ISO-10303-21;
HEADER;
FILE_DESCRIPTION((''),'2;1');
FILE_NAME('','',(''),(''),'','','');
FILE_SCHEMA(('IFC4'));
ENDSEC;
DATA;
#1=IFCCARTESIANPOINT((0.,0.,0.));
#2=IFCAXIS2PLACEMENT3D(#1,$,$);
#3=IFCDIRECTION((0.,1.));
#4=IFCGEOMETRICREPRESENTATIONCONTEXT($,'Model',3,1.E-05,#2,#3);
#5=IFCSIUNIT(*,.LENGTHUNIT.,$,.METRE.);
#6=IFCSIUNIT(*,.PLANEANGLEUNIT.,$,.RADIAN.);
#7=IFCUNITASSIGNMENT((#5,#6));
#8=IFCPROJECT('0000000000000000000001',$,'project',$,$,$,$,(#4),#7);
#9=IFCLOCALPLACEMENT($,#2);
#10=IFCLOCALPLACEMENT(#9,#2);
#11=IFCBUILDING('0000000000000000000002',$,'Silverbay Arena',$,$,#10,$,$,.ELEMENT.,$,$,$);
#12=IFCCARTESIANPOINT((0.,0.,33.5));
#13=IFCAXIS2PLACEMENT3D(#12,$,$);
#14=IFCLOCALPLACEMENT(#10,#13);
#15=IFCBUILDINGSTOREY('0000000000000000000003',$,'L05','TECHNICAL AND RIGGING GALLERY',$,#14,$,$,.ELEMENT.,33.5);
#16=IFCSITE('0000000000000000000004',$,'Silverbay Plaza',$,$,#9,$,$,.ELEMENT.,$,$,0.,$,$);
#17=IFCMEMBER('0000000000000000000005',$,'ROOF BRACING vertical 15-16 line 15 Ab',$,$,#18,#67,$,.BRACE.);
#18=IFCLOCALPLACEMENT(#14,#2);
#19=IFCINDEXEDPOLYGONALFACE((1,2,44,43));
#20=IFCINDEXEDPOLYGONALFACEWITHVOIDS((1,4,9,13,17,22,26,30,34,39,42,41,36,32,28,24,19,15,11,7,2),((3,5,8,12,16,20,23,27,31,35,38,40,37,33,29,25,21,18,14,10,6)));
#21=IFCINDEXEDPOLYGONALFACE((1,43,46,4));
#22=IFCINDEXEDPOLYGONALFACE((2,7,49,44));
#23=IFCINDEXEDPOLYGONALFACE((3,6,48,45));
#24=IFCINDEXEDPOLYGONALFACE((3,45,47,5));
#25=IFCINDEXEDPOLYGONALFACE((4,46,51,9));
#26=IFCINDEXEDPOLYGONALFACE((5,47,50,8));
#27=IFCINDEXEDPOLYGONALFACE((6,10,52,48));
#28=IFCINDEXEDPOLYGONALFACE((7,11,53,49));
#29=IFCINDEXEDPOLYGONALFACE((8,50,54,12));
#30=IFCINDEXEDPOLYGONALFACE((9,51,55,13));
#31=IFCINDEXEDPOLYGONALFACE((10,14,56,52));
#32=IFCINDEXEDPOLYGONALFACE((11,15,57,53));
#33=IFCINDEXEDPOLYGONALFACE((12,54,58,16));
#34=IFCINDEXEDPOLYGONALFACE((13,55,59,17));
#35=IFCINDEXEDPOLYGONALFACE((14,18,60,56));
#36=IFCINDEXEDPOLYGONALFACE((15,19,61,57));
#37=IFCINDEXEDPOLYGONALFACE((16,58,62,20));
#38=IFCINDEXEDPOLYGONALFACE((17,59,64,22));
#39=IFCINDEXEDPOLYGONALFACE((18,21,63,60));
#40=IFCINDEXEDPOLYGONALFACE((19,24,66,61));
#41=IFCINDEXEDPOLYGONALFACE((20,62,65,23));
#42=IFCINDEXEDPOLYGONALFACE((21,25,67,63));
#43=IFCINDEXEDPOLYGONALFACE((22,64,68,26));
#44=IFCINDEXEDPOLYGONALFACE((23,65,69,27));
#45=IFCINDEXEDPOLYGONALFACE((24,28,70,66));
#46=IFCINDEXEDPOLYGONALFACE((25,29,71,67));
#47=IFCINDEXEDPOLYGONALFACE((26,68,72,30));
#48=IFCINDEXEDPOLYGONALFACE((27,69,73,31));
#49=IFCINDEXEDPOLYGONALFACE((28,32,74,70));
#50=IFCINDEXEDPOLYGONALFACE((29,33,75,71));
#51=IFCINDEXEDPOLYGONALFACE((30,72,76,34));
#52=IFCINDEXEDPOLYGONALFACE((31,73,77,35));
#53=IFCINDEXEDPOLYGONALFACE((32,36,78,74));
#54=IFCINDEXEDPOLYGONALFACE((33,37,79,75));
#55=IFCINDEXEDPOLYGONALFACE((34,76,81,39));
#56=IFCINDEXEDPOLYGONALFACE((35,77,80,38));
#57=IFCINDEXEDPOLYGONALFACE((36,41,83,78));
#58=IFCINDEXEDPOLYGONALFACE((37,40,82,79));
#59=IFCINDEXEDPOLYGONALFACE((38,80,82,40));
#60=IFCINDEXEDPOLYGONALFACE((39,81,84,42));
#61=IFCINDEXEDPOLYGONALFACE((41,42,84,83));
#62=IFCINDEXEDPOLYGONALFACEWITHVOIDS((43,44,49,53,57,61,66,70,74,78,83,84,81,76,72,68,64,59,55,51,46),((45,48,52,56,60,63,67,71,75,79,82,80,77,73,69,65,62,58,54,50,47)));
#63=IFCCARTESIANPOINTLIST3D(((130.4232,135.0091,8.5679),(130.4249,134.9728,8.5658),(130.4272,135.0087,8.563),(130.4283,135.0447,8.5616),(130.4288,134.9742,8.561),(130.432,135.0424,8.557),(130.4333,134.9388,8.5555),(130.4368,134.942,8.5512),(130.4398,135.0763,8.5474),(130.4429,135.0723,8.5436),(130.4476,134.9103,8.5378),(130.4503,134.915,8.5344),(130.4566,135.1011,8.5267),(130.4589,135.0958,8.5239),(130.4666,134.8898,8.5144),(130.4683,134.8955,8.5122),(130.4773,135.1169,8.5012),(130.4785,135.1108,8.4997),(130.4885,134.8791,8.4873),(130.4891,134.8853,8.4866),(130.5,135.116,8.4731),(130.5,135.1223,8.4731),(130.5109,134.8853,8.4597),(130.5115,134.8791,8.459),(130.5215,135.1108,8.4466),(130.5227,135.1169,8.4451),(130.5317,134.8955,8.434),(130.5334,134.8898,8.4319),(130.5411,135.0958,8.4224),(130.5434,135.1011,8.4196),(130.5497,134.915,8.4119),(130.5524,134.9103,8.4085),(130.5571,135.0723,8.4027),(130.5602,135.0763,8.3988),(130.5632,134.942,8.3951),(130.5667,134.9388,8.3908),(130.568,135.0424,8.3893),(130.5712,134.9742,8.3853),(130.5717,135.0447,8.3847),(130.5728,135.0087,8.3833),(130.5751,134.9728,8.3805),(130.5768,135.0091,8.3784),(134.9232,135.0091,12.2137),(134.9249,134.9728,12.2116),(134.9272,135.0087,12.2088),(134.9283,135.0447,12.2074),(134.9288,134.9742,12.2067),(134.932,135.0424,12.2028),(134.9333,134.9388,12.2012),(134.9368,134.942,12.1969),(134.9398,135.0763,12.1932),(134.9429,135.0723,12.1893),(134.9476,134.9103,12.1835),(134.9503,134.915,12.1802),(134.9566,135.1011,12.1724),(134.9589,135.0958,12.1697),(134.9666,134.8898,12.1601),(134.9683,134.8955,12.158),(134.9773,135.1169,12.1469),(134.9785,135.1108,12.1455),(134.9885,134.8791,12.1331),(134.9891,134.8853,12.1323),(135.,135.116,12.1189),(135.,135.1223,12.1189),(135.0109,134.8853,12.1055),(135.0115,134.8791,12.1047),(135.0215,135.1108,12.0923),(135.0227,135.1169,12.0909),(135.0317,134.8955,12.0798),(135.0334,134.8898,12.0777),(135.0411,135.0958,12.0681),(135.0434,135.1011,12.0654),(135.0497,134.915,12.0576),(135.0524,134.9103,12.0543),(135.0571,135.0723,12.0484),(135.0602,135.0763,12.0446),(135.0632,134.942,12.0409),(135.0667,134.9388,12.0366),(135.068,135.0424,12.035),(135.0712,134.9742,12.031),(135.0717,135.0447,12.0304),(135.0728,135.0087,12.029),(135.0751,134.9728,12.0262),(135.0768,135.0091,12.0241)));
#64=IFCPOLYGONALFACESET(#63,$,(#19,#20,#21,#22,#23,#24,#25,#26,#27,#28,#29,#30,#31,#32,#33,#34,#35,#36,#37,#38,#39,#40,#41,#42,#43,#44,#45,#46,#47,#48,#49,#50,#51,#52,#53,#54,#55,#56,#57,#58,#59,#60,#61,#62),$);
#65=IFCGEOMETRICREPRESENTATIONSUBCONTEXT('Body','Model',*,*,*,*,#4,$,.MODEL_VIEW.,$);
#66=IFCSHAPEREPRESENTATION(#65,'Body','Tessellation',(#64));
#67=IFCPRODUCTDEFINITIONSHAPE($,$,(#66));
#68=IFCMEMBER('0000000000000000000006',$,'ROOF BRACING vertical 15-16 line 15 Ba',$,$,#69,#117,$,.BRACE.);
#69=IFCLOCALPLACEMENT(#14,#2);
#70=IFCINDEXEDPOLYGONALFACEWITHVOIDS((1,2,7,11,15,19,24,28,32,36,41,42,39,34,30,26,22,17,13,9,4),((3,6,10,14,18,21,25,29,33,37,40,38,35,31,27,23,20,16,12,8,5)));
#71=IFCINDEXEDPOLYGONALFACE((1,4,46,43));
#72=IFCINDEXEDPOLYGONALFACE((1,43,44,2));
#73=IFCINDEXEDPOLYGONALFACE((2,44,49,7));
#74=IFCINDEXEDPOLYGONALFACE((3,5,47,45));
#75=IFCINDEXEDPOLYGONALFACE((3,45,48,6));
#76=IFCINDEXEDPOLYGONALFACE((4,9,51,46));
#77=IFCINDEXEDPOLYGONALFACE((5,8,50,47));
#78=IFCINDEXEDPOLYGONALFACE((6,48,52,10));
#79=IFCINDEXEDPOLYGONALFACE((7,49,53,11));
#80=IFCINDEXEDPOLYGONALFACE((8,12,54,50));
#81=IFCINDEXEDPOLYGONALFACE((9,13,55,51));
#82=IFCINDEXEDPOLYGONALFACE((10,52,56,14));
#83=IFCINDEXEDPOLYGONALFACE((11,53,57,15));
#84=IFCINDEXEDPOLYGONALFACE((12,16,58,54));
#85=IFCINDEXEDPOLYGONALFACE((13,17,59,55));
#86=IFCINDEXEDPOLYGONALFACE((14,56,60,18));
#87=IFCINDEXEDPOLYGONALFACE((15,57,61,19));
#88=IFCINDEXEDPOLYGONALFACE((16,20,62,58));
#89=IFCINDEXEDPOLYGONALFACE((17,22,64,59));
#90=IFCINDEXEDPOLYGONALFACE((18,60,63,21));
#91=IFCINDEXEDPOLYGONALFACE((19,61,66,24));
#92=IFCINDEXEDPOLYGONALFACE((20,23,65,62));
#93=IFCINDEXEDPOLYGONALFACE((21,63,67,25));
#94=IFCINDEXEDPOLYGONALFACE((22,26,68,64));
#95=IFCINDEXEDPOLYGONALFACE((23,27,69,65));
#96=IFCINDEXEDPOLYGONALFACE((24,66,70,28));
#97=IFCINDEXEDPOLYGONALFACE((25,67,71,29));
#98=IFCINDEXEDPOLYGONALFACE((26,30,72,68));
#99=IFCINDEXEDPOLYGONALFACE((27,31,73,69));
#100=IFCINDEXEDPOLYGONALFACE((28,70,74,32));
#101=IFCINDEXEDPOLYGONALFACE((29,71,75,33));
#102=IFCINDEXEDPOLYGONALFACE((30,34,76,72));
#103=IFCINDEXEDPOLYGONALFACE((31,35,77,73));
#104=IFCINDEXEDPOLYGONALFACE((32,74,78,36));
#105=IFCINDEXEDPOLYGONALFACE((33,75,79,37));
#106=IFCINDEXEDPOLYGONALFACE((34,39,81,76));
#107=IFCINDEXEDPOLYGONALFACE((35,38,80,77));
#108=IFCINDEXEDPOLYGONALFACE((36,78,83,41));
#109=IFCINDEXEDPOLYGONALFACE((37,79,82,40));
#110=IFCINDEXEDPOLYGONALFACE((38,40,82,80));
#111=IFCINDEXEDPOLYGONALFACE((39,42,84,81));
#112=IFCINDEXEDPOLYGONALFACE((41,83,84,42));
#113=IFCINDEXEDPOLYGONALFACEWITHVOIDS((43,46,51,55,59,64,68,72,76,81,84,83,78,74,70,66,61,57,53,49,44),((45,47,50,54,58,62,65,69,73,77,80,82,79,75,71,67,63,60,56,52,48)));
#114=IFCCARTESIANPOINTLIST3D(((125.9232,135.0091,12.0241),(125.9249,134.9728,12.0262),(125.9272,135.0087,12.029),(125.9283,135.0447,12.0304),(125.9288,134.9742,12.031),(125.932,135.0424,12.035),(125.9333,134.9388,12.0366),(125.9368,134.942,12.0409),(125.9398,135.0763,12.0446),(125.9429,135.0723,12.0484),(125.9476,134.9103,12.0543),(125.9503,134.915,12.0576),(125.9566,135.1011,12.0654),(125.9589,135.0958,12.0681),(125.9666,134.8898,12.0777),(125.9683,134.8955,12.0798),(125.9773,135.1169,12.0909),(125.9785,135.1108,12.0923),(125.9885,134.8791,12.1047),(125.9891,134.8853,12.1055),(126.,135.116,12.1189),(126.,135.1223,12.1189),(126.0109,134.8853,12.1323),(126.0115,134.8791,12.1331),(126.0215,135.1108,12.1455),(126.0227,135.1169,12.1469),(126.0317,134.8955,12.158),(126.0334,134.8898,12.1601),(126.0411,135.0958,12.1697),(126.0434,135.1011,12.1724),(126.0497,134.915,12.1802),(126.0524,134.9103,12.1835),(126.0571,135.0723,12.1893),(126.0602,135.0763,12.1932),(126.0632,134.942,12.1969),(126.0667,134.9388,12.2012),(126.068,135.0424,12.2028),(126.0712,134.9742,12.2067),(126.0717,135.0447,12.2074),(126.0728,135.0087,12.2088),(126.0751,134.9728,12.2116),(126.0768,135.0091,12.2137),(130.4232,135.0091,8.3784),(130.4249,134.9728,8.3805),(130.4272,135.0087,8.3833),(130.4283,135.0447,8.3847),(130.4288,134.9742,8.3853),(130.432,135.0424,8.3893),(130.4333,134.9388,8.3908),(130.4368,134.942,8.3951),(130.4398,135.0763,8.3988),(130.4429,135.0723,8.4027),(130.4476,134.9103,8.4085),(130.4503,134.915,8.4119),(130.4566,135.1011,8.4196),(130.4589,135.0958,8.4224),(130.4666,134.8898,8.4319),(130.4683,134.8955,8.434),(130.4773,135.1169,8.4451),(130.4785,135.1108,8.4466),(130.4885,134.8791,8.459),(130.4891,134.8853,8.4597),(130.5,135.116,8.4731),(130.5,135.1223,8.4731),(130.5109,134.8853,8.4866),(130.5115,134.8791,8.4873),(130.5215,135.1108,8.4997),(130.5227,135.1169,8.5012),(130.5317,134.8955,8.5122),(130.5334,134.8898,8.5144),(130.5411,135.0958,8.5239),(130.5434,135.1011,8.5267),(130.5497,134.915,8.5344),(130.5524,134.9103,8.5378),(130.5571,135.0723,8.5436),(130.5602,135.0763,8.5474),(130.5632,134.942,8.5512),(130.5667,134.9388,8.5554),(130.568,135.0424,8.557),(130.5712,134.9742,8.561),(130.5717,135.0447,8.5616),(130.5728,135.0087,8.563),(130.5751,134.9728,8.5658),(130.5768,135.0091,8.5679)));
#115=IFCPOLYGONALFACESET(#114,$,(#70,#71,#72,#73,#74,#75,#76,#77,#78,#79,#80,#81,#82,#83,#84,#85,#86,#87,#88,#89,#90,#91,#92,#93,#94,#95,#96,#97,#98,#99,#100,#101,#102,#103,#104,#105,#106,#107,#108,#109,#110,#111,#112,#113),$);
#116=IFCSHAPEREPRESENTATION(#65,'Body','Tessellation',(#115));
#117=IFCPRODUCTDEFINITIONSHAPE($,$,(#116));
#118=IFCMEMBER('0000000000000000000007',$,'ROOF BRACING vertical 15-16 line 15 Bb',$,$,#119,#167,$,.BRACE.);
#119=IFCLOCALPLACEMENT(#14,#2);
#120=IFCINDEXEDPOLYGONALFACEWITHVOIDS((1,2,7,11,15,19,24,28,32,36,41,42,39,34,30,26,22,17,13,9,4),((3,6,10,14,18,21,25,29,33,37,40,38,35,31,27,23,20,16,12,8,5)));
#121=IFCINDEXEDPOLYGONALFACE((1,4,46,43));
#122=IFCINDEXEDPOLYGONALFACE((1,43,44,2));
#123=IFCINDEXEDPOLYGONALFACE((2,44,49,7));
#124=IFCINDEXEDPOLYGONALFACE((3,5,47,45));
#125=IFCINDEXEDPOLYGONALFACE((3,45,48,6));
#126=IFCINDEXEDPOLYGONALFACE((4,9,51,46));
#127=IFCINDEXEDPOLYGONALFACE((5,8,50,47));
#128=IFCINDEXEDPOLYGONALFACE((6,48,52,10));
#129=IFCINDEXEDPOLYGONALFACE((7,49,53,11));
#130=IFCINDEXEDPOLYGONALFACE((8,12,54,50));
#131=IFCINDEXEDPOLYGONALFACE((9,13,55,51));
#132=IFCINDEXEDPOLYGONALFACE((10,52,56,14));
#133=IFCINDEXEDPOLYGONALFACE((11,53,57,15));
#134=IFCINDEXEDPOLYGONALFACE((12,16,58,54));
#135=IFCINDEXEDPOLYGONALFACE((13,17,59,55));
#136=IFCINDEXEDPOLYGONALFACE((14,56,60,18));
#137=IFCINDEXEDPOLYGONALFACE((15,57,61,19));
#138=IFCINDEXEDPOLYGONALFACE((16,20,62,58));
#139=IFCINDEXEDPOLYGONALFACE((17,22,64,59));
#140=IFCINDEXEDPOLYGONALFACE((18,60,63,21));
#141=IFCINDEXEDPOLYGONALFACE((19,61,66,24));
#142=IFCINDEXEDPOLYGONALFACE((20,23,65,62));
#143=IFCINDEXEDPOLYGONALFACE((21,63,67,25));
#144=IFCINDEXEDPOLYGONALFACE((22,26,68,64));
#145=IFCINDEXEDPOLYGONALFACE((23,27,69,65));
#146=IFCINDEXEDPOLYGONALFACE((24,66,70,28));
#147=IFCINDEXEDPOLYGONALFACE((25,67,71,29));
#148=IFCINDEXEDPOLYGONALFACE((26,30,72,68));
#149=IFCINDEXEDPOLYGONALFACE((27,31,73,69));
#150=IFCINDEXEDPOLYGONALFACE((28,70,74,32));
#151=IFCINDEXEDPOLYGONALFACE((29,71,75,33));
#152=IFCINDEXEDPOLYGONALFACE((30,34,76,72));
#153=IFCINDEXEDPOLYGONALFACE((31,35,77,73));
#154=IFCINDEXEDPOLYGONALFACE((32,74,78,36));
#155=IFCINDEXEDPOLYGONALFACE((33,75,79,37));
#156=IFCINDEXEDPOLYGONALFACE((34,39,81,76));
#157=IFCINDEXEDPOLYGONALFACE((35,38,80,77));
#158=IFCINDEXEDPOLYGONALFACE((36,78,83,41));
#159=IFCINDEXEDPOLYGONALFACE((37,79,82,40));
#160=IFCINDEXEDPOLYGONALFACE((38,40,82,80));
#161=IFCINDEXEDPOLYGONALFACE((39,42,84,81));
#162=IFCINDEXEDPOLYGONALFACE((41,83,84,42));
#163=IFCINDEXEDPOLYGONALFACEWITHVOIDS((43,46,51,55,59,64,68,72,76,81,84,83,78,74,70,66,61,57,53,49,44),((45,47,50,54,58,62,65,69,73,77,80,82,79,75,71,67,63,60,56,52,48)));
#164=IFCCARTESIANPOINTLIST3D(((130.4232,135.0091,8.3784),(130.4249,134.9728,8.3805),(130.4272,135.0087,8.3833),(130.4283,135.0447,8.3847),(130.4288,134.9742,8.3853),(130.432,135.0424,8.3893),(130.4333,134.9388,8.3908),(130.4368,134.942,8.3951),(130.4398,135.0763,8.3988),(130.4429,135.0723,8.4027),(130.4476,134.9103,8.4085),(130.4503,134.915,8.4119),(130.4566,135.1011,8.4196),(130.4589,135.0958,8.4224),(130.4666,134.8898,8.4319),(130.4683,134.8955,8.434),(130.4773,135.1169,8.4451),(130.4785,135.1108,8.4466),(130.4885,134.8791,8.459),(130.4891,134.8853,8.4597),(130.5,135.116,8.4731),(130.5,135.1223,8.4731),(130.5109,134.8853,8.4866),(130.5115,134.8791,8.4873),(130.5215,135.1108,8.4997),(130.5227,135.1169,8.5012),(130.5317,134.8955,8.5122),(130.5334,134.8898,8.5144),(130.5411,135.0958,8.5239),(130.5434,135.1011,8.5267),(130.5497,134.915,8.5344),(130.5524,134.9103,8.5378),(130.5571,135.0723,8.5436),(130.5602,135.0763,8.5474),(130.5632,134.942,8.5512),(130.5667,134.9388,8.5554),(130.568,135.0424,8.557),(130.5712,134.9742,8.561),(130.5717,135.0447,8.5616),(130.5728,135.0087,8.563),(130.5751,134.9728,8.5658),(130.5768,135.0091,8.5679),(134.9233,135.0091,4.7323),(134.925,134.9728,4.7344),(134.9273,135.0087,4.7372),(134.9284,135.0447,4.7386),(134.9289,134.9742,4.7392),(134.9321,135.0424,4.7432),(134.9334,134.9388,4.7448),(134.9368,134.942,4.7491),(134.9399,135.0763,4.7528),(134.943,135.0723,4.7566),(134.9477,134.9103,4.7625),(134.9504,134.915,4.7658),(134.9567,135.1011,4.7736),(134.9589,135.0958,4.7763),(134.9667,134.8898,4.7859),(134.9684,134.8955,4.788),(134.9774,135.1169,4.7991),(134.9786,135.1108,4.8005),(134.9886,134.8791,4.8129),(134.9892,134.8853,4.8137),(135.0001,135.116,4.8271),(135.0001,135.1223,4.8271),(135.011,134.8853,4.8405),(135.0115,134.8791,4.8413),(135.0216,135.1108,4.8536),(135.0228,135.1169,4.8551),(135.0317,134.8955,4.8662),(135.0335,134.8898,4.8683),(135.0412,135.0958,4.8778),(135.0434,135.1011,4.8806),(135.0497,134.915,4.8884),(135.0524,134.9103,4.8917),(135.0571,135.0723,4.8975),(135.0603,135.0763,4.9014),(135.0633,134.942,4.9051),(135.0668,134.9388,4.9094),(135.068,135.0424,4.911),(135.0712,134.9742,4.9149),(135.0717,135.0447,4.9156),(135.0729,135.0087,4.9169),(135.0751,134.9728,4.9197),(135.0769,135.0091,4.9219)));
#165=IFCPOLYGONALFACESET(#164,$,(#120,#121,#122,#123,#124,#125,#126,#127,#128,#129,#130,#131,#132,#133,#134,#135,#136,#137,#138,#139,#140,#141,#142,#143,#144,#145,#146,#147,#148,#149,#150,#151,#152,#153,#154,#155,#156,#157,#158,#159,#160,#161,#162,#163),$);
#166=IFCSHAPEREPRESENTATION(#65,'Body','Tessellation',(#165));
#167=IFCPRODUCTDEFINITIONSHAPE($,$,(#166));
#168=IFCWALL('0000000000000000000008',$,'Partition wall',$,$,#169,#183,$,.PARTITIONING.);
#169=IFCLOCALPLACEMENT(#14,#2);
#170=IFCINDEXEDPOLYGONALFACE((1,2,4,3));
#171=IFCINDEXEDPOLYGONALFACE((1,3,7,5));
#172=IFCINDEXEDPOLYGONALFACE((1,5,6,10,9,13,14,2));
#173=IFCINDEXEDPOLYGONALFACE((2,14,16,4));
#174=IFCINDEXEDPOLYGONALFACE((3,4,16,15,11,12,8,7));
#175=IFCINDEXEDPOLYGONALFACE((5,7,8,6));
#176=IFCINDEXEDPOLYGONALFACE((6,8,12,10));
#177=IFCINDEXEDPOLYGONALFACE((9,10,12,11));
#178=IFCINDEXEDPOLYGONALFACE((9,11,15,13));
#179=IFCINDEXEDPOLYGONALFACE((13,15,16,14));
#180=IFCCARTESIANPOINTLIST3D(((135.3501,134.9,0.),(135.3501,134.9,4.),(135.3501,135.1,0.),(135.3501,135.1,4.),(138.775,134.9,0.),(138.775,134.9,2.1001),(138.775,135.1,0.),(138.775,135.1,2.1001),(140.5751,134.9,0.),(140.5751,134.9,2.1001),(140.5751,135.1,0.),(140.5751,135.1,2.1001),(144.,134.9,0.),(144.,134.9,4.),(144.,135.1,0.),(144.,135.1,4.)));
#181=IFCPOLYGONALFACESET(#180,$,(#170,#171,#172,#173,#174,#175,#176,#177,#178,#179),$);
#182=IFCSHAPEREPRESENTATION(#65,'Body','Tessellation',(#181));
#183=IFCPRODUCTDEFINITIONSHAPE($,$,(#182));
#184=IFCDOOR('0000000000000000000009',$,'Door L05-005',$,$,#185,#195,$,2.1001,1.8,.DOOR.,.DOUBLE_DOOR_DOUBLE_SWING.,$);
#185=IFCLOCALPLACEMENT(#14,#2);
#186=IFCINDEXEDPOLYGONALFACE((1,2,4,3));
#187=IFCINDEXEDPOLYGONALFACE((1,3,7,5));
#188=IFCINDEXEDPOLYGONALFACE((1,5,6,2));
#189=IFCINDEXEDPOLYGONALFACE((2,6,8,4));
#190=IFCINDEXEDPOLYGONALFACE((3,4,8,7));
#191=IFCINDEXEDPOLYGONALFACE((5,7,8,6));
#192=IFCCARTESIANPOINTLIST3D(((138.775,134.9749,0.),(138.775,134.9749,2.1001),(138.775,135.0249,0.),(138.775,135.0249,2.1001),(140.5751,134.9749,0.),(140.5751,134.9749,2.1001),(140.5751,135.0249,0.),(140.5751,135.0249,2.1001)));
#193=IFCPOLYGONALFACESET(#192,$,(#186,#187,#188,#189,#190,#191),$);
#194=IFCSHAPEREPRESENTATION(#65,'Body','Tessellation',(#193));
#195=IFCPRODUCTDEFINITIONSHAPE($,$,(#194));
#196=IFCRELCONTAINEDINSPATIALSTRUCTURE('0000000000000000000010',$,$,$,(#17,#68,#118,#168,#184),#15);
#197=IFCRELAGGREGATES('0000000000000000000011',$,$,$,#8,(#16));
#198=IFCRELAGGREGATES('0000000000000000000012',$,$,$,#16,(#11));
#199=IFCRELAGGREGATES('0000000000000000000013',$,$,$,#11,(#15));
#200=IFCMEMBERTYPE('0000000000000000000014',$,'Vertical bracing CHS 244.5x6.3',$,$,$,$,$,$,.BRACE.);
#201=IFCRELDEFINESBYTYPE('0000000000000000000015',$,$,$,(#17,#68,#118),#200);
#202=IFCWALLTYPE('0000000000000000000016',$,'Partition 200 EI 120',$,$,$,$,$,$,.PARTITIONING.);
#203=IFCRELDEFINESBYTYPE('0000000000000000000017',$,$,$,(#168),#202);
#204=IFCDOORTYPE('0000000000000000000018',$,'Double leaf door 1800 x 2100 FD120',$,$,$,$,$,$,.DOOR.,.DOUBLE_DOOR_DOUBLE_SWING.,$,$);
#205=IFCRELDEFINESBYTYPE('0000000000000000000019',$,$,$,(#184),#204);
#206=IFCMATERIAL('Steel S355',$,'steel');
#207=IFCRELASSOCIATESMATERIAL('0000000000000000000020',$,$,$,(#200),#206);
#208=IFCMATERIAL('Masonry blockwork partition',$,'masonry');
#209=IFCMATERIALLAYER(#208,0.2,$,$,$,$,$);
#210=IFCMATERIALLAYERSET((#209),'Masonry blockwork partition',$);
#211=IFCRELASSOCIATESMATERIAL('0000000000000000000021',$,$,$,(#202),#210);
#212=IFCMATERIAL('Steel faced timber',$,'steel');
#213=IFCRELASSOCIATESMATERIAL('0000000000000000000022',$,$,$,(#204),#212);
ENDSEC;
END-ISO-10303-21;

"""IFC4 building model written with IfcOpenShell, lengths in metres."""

from ifc_helpers import new_model, si_unit, direction, frame, frame_2d, origin, origin_2d, place, context, subcontext, project, spatial, rectangle, hollow_circle, extrude, material, layer, layer_set, material_profile, profile_set, type_object, element, fill, save


model = new_model("IFC4")

# Units and contexts
model_context = context("Model", 3, precision=1e-05, world=origin(), true_north=direction((0.0, 1.0)))
body_context = subcontext(model_context, "Body", "Model", "MODEL_VIEW")
ifc_project = project(units=[si_unit("LENGTHUNIT", "METRE"), si_unit("PLANEANGLEUNIT", "RADIAN")], contexts=[model_context])

# Site, building, storey
site_placement = place(None, origin())
site = spatial("IfcSite", under=ifc_project, at=site_placement, Name="Silverbay Plaza", CompositionType="ELEMENT", RefElevation=0.0)
building_placement = place(site_placement, origin())
building = spatial("IfcBuilding", under=site, at=building_placement, Name="Silverbay Arena", CompositionType="ELEMENT")
storey_placement = place(building_placement, frame((0.0, 0.0, 33.5)))
storey = spatial("IfcBuildingStorey", under=building, at=storey_placement, Name="L05", Description="TECHNICAL AND RIGGING GALLERY", CompositionType="ELEMENT", Elevation=33.5)

# Members
ifc_material_1 = material(Name="Steel S355", Category="steel")
ifc_material_profile_1 = material_profile(ifc_material_1, hollow_circle(Radius=0.1223, WallThickness=0.0063, at=origin_2d()), Name="CHS 244.5x6.3")
ifc_profile_set_1 = profile_set([ifc_material_profile_1], Name="Steel S355")
member_type_1 = type_object("IfcMemberType", Name="Vertical bracing CHS 244.5x6.3", PredefinedType="BRACE", material=ifc_profile_set_1)
for number, where, z_axis, x_axis, name in (
    (1, (130.5, 135.0, 8.4731), (0.777, 0.0, 0.6295), (0.0, 1.0, 0.0), "ROOF BRACING vertical 15-16 line 15 Ab"),
    (2, (126.0, 135.0, 12.1189), (0.777, 0.0, -0.6295), (0.0, 1.0, 0.0), "ROOF BRACING vertical 15-16 line 15 Ba"),
):
    element("IfcMember", number, at=place(storey_placement, frame(where, z_axis=z_axis, x_axis=x_axis)), inside=storey, type_object=member_type_1, Name=name, PredefinedType="BRACE", context=body_context, shape_type="SweptSolid", body=[
        extrude(hollow_circle(Radius=0.1223, WallThickness=0.0063, at=origin_2d()), origin(), (0.0, 0.0, 1.0), 5.7915),
    ])
member_1_placement = place(storey_placement, frame((130.5, 135.0, 8.4731), z_axis=(0.77698, 0.0, -0.629526), x_axis=(0.0, 1.0, 0.0)))
element("IfcMember", 3, at=member_1_placement, inside=storey, type_object=member_type_1, Name="ROOF BRACING vertical 15-16 line 15 Bb", PredefinedType="BRACE", context=body_context, shape_type="SweptSolid", body=[
    extrude(hollow_circle(Radius=0.1223, WallThickness=0.0063, at=origin_2d()), origin(), (0.0, 0.0, 1.0), 5.7917),
])

# Wall, opening, door
ifc_material_2 = material(Name="Masonry blockwork partition", Category="masonry")
ifc_layer = layer(ifc_material_2, 0.2)
ifc_layer_set = layer_set([ifc_layer], Name="Masonry blockwork partition")
wall_type = type_object("IfcWallType", Name="Partition 200 EI 120", PredefinedType="PARTITIONING", material=ifc_layer_set)
wall_1_placement = place(storey_placement, frame((135.3501, 135.0, 0.0), z_axis=(0.0, 0.0, 1.0), x_axis=(1.0, 0.0, 0.0)))
wall_1 = element("IfcWall", 4, at=wall_1_placement, inside=storey, type_object=wall_type, Name="Partition wall", PredefinedType="PARTITIONING", context=body_context, shape_type="SweptSolid", body=[
    extrude(rectangle(XDim=8.6499, YDim=0.2, at=frame_2d((4.325, 0.0))), origin(), (0.0, 0.0, 1.0), 4.0),
])
opening_placement = place(wall_1_placement, frame((3.425, 0.0, 0.0)))
opening = element("IfcOpeningElement", 5, at=opening_placement, cuts=wall_1, PredefinedType="OPENING", context=body_context, shape_type="SweptSolid", body=[
    extrude(rectangle(XDim=1.8, YDim=2.1001, at=frame_2d((0.8999, 1.05))), frame((0.0, 0.1099, 0.0), z_axis=(0.0, -1.0, 0.0), x_axis=(1.0, 0.0, 0.0)), (0.0, 0.0, 1.0), 0.22),
])
ifc_material_3 = material(Name="Steel faced timber", Category="steel")
door_type = type_object("IfcDoorType", Name="Double leaf door 1800 x 2100 FD120", OperationType="DOUBLE_DOOR_DOUBLE_SWING", PredefinedType="DOOR", material=ifc_material_3)
door_placement = place(opening_placement, origin())
door = element("IfcDoor", 6, at=door_placement, inside=storey, type_object=door_type, Name="Door L05-005", OperationType="DOUBLE_DOOR_DOUBLE_SWING", OverallHeight=2.1001, OverallWidth=1.8, PredefinedType="DOOR", context=body_context, shape_type="SweptSolid", body=[
    extrude(rectangle(XDim=1.8, YDim=2.1001, at=frame_2d((0.8999, 1.05))), frame((0.0, 0.0249, 0.0), z_axis=(0.0, -1.0, 0.0), x_axis=(1.0, 0.0, 0.0)), (0.0, 0.0, 1.0), 0.05),
])
fill(opening, door)

save(model, "model.ifc")
